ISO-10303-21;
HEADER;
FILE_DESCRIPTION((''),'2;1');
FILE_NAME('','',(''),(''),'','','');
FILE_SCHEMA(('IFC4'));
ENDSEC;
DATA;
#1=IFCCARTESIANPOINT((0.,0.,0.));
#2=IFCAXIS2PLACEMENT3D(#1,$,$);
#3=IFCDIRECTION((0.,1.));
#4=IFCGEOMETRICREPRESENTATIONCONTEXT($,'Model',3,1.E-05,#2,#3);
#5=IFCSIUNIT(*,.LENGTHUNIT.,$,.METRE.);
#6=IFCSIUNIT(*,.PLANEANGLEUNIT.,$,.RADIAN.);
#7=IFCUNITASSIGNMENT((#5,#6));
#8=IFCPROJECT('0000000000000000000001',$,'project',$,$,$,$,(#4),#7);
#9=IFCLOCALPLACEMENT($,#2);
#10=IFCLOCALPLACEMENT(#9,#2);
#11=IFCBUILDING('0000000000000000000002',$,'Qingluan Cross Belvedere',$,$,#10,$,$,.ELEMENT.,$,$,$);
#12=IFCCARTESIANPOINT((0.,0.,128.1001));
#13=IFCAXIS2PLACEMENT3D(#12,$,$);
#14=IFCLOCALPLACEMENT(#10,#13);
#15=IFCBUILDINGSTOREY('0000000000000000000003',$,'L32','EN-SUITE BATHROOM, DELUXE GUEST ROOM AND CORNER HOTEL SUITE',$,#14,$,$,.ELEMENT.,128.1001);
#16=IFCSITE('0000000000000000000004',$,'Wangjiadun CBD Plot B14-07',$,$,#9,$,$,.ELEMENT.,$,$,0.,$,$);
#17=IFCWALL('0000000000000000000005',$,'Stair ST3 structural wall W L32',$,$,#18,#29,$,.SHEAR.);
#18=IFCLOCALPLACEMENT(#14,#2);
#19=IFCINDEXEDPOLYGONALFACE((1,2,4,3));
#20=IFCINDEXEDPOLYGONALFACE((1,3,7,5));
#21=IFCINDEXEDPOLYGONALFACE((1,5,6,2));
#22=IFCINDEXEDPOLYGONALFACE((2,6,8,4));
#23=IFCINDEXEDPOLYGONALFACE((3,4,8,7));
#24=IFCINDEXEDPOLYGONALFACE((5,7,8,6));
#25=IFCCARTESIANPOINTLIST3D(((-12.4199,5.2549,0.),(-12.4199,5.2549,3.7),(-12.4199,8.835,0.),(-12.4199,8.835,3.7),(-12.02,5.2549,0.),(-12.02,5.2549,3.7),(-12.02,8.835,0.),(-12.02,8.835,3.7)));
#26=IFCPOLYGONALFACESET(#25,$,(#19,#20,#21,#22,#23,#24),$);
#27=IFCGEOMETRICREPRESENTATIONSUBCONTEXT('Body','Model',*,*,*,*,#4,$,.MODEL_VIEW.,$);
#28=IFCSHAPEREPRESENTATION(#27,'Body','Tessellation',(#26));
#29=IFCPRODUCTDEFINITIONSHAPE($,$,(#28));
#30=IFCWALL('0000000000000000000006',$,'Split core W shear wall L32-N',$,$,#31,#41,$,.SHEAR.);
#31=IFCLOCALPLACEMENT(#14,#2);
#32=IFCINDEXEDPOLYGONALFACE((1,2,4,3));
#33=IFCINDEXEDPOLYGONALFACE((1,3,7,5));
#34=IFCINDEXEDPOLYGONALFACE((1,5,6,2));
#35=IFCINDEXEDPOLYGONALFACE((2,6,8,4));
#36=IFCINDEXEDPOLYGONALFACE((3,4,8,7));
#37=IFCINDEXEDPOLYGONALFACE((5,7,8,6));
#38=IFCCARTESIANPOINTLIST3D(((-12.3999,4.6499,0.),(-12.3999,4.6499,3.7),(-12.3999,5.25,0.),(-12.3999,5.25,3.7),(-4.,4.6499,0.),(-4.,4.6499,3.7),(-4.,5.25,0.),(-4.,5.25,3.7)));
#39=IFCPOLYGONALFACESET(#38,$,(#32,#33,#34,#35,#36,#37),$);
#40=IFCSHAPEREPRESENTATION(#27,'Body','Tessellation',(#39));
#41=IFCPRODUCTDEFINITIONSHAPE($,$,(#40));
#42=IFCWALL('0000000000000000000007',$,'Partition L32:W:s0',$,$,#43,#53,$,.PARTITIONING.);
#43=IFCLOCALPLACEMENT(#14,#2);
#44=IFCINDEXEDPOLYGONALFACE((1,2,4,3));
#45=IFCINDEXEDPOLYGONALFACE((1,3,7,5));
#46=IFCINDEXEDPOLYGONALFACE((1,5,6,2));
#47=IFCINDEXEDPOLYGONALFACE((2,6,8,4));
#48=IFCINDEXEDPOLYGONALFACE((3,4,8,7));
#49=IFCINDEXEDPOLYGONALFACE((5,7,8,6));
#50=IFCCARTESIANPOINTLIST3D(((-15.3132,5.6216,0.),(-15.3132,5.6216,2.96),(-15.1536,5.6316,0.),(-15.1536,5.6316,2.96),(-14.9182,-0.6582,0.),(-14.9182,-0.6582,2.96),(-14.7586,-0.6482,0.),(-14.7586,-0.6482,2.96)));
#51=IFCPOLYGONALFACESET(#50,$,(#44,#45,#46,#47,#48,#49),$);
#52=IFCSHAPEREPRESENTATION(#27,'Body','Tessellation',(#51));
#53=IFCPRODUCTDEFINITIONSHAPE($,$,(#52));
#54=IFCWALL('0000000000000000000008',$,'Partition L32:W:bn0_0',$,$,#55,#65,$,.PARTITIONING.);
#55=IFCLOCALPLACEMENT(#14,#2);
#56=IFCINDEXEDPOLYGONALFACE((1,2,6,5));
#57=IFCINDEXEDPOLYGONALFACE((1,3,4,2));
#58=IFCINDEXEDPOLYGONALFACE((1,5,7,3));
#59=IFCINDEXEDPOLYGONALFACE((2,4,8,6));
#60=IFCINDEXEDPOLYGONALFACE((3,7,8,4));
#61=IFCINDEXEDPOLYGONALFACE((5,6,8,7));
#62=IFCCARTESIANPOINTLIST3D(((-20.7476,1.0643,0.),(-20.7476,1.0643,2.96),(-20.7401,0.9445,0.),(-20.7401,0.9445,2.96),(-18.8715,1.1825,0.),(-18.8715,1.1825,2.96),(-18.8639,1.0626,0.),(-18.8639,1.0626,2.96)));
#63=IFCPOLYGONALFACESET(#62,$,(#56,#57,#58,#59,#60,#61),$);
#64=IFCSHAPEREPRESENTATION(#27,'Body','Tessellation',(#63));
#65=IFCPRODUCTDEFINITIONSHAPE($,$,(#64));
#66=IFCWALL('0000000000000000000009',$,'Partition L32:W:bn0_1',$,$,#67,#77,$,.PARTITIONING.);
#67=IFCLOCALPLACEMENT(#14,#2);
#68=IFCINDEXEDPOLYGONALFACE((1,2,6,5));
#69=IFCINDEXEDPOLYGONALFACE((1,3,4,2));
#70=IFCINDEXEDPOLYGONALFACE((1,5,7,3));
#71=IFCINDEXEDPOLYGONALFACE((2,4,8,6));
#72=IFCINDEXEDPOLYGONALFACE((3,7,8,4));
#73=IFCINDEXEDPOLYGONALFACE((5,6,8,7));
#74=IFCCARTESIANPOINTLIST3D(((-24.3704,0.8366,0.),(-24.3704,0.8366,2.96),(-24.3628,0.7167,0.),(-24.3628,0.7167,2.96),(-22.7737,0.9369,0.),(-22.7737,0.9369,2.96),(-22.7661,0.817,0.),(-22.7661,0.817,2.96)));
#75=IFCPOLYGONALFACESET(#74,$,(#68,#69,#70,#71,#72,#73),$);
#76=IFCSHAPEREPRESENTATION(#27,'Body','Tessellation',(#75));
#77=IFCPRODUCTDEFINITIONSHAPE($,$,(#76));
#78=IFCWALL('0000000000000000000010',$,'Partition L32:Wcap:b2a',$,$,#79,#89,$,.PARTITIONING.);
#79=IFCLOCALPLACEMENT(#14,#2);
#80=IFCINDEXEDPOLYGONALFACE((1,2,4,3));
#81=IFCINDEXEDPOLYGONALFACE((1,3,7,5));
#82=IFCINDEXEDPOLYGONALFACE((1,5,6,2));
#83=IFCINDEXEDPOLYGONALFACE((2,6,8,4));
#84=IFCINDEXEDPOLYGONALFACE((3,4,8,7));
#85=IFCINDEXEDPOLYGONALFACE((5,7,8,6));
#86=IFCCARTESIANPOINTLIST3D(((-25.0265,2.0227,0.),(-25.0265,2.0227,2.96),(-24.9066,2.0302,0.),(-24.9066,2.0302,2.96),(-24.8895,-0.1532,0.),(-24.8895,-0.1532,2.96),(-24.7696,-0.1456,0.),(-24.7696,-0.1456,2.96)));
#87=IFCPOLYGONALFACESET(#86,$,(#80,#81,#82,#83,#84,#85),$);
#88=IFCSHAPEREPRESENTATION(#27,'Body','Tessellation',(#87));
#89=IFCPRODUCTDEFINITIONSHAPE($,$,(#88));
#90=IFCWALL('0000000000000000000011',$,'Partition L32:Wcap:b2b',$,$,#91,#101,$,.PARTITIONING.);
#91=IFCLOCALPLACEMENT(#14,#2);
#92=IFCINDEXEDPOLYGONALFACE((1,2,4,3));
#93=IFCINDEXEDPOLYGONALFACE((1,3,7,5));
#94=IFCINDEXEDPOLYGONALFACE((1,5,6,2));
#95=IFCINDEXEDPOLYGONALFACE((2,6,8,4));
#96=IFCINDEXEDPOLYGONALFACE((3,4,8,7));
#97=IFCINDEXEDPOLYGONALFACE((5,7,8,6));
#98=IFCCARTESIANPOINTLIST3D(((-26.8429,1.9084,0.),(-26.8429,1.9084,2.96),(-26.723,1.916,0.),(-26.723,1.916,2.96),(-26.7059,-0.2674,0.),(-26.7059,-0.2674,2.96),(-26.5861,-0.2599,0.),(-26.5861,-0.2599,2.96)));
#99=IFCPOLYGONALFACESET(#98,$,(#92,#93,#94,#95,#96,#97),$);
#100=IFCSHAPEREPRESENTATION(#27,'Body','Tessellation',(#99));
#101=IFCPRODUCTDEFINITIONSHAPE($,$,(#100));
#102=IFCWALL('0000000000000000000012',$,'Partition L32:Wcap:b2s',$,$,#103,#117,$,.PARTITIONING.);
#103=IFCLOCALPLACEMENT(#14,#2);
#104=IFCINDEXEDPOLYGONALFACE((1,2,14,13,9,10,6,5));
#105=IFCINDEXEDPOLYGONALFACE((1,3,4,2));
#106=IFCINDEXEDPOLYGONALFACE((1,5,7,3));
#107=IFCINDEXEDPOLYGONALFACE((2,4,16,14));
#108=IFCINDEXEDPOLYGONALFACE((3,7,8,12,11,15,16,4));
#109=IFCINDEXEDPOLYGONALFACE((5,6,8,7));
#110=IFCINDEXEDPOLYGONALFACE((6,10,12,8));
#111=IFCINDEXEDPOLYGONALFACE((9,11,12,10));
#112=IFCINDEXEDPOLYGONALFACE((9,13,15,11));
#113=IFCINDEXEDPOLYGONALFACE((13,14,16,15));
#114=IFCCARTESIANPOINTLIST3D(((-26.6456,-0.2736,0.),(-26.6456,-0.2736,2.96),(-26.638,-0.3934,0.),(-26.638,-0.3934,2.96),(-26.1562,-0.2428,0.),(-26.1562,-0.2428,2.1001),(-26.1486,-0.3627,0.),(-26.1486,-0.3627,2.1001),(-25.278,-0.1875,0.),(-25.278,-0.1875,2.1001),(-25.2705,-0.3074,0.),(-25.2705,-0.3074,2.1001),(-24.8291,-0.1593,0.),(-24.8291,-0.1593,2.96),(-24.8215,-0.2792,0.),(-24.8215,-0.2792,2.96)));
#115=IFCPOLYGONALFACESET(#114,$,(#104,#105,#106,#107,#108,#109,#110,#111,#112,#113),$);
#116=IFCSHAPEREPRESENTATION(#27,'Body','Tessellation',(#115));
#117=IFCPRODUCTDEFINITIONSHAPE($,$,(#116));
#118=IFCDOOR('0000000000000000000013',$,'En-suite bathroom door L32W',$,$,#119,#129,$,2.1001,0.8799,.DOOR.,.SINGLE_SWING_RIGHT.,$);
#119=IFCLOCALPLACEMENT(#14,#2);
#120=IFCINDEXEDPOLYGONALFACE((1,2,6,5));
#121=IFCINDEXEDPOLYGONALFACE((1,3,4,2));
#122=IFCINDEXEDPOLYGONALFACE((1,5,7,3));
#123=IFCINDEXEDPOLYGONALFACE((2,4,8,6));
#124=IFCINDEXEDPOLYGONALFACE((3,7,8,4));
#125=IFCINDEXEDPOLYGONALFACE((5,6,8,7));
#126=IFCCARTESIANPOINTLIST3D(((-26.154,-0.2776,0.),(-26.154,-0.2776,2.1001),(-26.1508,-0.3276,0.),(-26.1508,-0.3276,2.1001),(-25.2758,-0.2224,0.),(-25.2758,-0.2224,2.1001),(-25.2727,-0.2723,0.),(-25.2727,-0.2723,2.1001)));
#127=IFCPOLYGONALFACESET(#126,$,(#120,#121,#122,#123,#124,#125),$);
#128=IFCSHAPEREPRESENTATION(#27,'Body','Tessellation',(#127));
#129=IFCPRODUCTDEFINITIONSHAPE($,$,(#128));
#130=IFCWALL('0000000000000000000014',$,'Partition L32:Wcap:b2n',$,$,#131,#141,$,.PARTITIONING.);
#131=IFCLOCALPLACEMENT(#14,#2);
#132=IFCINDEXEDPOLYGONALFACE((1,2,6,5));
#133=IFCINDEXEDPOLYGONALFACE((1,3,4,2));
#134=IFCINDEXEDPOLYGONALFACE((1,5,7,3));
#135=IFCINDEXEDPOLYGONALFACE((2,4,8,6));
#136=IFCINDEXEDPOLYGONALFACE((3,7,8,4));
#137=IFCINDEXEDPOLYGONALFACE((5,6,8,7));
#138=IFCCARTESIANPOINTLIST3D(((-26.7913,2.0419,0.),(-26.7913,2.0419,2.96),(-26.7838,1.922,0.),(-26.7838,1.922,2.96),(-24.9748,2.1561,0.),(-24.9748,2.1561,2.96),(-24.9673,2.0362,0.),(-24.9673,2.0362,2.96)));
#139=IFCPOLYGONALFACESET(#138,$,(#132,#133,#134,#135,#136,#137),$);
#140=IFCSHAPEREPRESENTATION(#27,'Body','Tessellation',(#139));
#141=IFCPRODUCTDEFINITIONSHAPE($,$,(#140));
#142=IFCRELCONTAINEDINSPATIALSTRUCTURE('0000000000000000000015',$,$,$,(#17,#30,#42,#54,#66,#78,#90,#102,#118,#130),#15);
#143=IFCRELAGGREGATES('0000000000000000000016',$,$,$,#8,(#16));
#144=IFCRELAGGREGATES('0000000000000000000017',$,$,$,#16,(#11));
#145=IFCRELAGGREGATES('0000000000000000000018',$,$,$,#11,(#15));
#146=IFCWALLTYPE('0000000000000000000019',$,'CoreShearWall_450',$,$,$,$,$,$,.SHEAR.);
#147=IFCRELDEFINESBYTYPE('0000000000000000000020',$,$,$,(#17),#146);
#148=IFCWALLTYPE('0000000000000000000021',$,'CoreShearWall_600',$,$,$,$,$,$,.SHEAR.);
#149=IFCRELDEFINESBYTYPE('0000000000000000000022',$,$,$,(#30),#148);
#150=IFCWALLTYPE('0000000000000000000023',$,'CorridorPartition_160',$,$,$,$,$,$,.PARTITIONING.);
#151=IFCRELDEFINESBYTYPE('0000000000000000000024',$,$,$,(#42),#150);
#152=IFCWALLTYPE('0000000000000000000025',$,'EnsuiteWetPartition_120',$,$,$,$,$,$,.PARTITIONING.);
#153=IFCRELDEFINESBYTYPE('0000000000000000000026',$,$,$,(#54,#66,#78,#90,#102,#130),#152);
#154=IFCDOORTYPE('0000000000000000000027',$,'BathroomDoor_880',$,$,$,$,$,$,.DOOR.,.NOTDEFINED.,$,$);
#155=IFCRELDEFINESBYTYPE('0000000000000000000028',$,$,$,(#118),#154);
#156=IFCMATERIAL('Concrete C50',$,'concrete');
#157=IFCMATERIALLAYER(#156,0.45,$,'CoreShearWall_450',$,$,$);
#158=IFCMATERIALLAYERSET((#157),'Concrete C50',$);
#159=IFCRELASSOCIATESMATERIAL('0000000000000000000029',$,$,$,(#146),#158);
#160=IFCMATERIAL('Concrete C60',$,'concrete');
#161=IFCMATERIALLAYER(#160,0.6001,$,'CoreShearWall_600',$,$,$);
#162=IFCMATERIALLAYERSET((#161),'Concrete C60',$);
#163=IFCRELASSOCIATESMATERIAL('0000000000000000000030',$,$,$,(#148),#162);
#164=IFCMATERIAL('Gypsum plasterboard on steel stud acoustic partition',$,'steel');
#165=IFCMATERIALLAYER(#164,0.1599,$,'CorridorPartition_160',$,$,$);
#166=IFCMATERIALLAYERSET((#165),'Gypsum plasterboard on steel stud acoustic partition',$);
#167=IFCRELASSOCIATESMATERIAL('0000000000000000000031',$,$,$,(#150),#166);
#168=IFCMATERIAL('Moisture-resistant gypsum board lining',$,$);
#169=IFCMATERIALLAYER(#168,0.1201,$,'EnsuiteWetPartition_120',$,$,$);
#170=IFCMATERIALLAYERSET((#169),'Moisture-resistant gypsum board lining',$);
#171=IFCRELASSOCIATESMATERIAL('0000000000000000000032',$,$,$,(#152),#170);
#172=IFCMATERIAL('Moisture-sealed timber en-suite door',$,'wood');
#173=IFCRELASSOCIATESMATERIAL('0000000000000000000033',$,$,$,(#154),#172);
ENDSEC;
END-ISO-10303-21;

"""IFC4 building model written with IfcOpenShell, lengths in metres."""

from ifc_helpers import new_model, si_unit, direction, frame, frame_2d, origin, place, context, subcontext, project, spatial, rectangle, extrude, material, layer, layer_set, type_object, element, fill, save


model = new_model("IFC4")

# Units and contexts
model_context = context("Model", 3, precision=1e-05, world=origin(), true_north=direction((0.0, 1.0)))
body_context = subcontext(model_context, "Body", "Model", "MODEL_VIEW")
ifc_project = project(units=[si_unit("LENGTHUNIT", "METRE"), si_unit("PLANEANGLEUNIT", "RADIAN")], contexts=[model_context])

# Site, building, storey
site_placement = place(None, origin())
site = spatial("IfcSite", under=ifc_project, at=site_placement, Name="Wangjiadun CBD Plot B14-07", CompositionType="ELEMENT", RefElevation=0.0)
building_placement = place(site_placement, origin())
building = spatial("IfcBuilding", under=site, at=building_placement, Name="Qingluan Cross Belvedere", CompositionType="ELEMENT")
storey_placement = place(building_placement, frame((0.0, 0.0, 128.1001)))
storey = spatial("IfcBuildingStorey", under=building, at=storey_placement, Name="L32", Description="EN-SUITE BATHROOM, DELUXE GUEST ROOM AND CORNER HOTEL SUITE", CompositionType="ELEMENT", Elevation=128.1001)

# Walls
ifc_material_1 = material(Name="Concrete C50", Category="concrete")
ifc_layer_1 = layer(ifc_material_1, 0.45, Name="CoreShearWall_450")
ifc_layer_set_1 = layer_set([ifc_layer_1], Name="Concrete C50")
wall_type_1 = type_object("IfcWallType", Name="CoreShearWall_450", PredefinedType="SHEAR", material=ifc_layer_set_1)
wall_1_placement = place(storey_placement, frame((-12.22, 5.2549, 0.0), z_axis=(0.0, 0.0, 1.0), x_axis=(0.0, 1.0, 0.0)))
element("IfcWall", 1, at=wall_1_placement, inside=storey, type_object=wall_type_1, Name="Stair ST3 structural wall W L32", PredefinedType="SHEAR", context=body_context, shape_type="SweptSolid", body=[
    extrude(rectangle(XDim=3.5801, YDim=0.3999, at=frame_2d((1.79, 0.0))), origin(), (0.0, 0.0, 1.0), 3.7),
])
ifc_material_2 = material(Name="Concrete C60", Category="concrete")
ifc_layer_2 = layer(ifc_material_2, 0.6001, Name="CoreShearWall_600")
ifc_layer_set_2 = layer_set([ifc_layer_2], Name="Concrete C60")
wall_type_2 = type_object("IfcWallType", Name="CoreShearWall_600", PredefinedType="SHEAR", material=ifc_layer_set_2)
wall_2_placement = place(storey_placement, frame((-12.3999, 4.95, 0.0), z_axis=(0.0, 0.0, 1.0), x_axis=(1.0, 0.0, 0.0)))
element("IfcWall", 2, at=wall_2_placement, inside=storey, type_object=wall_type_2, Name="Split core W shear wall L32-N", PredefinedType="SHEAR", context=body_context, shape_type="SweptSolid", body=[
    extrude(rectangle(XDim=8.3999, YDim=0.6001, at=frame_2d((4.2, 0.0))), origin(), (0.0, 0.0, 1.0), 3.7),
])

# Shared definitions
ifc_material_3 = material(Name="Gypsum plasterboard on steel stud acoustic partition", Category="steel")
ifc_layer_3 = layer(ifc_material_3, 0.1599, Name="CorridorPartition_160")
ifc_layer_set_3 = layer_set([ifc_layer_3], Name="Gypsum plasterboard on steel stud acoustic partition")
wall_type_3 = type_object("IfcWallType", Name="CorridorPartition_160", PredefinedType="PARTITIONING", material=ifc_layer_set_3)

# Walls
wall_3_placement = place(storey_placement, frame((-14.8384, -0.6531, 0.0), z_axis=(0.0, 0.0, 1.0), x_axis=(-0.062779, 0.998027, 0.0)))
element("IfcWall", 3, at=wall_3_placement, inside=storey, type_object=wall_type_3, Name="Partition L32:W:s0", PredefinedType="PARTITIONING", context=body_context, shape_type="SweptSolid", body=[
    extrude(rectangle(XDim=6.2922, YDim=0.1599, at=frame_2d((3.146, 0.0))), origin(), (0.0, 0.0, 1.0), 2.96),
])
ifc_material_4 = material(Name="Moisture-resistant gypsum board lining")
ifc_layer_4 = layer(ifc_material_4, 0.1201, Name="EnsuiteWetPartition_120")
ifc_layer_set_4 = layer_set([ifc_layer_4], Name="Moisture-resistant gypsum board lining")
wall_type_4 = type_object("IfcWallType", Name="EnsuiteWetPartition_120", PredefinedType="PARTITIONING", material=ifc_layer_set_4)
wall_4_placement = place(storey_placement, frame((-18.8677, 1.1226, 0.0), z_axis=(0.0, 0.0, 1.0), x_axis=(-0.998023, -0.062855, 0.0)))
element("IfcWall", 4, at=wall_4_placement, inside=storey, type_object=wall_type_4, Name="Partition L32:W:bn0_0", PredefinedType="PARTITIONING", context=body_context, shape_type="SweptSolid", body=[
    extrude(rectangle(XDim=1.8799, YDim=0.1201, at=frame_2d((0.9399, 0.0))), origin(), (0.0, 0.0, 1.0), 2.96),
])
wall_5_placement = place(storey_placement, frame((-22.77, 0.877, 0.0), z_axis=(0.0, 0.0, 1.0), x_axis=(-0.998031, -0.06272, 0.0)))
element("IfcWall", 5, at=wall_5_placement, inside=storey, type_object=wall_type_4, Name="Partition L32:W:bn0_1", PredefinedType="PARTITIONING", context=body_context, shape_type="SweptSolid", body=[
    extrude(rectangle(XDim=1.5999, YDim=0.1201, at=frame_2d((0.7998, 0.0))), origin(), (0.0, 0.0, 1.0), 2.96),
])
for number, where, z_axis, x_axis, name in (
    (6, (-24.8296, -0.1494, 0.0), (0.0, 0.0, 1.0), (-0.062824, 0.998025, 0.0), "Partition L32:Wcap:b2a"),
    (7, (-26.646, -0.2637, 0.0), (0.0, 0.0, 1.0), (-0.062824, 0.998025, 0.0), "Partition L32:Wcap:b2b"),
):
    element("IfcWall", number, at=place(storey_placement, frame(where, z_axis=z_axis, x_axis=x_axis)), inside=storey, type_object=wall_type_4, Name=name, PredefinedType="PARTITIONING", context=body_context, shape_type="SweptSolid", body=[
        extrude(rectangle(XDim=2.1802, YDim=0.1201, at=frame_2d((1.0901, 0.0))), origin(), (0.0, 0.0, 1.0), 2.96),
    ])

# Wall, opening, door
wall_6_placement = place(storey_placement, frame((-24.8252, -0.2192, 0.0), z_axis=(0.0, 0.0, 1.0), x_axis=(-0.998027, -0.062779, 0.0)))
wall_6 = element("IfcWall", 8, at=wall_6_placement, inside=storey, type_object=wall_type_4, Name="Partition L32:Wcap:b2s", PredefinedType="PARTITIONING", context=body_context, shape_type="SweptSolid", body=[
    extrude(rectangle(XDim=1.8201, YDim=0.1201, at=frame_2d((0.9102, 0.0))), origin(), (0.0, 0.0, 1.0), 2.96),
])
opening_1_placement = place(wall_6_placement, frame((0.45, 0.0, 0.0)))
opening_1 = element("IfcOpeningElement", 9, at=opening_1_placement, cuts=wall_6, PredefinedType="OPENING", context=body_context, shape_type="SweptSolid", body=[
    extrude(rectangle(XDim=0.8799, YDim=2.1001, at=frame_2d((0.4399, 1.05))), frame((0.0, 0.0701, 0.0), z_axis=(0.0, -1.0, 0.0), x_axis=(1.0, 0.0, 0.0)), (0.0, 0.0, 1.0), 0.1401),
])
ifc_material_5 = material(Name="Moisture-sealed timber en-suite door", Category="wood")
door_type_1 = type_object("IfcDoorType", Name="BathroomDoor_880", OperationType="NOTDEFINED", PredefinedType="DOOR", material=ifc_material_5)
door_1_placement = place(opening_1_placement, origin())
door_1 = element("IfcDoor", 10, at=door_1_placement, inside=storey, type_object=door_type_1, Name="En-suite bathroom door L32W", OperationType="SINGLE_SWING_RIGHT", OverallHeight=2.1001, OverallWidth=0.8799, PredefinedType="DOOR", context=body_context, shape_type="SweptSolid", body=[
    extrude(rectangle(XDim=0.8799, YDim=2.1001, at=frame_2d((0.4399, 1.05))), frame((0.0, 0.0249, 0.0), z_axis=(0.0, -1.0, 0.0), x_axis=(1.0, 0.0, 0.0)), (0.0, 0.0, 1.0), 0.05),
])
fill(opening_1, door_1)

# Wall
wall_7_placement = place(storey_placement, frame((-24.9709, 2.0962, 0.0), z_axis=(0.0, 0.0, 1.0), x_axis=(-0.998027, -0.062779, 0.0)))
element("IfcWall", 11, at=wall_7_placement, inside=storey, type_object=wall_type_4, Name="Partition L32:Wcap:b2n", PredefinedType="PARTITIONING", context=body_context, shape_type="SweptSolid", body=[
    extrude(rectangle(XDim=1.8201, YDim=0.1201, at=frame_2d((0.9102, 0.0))), origin(), (0.0, 0.0, 1.0), 2.96),
])

save(model, "model.ifc")
